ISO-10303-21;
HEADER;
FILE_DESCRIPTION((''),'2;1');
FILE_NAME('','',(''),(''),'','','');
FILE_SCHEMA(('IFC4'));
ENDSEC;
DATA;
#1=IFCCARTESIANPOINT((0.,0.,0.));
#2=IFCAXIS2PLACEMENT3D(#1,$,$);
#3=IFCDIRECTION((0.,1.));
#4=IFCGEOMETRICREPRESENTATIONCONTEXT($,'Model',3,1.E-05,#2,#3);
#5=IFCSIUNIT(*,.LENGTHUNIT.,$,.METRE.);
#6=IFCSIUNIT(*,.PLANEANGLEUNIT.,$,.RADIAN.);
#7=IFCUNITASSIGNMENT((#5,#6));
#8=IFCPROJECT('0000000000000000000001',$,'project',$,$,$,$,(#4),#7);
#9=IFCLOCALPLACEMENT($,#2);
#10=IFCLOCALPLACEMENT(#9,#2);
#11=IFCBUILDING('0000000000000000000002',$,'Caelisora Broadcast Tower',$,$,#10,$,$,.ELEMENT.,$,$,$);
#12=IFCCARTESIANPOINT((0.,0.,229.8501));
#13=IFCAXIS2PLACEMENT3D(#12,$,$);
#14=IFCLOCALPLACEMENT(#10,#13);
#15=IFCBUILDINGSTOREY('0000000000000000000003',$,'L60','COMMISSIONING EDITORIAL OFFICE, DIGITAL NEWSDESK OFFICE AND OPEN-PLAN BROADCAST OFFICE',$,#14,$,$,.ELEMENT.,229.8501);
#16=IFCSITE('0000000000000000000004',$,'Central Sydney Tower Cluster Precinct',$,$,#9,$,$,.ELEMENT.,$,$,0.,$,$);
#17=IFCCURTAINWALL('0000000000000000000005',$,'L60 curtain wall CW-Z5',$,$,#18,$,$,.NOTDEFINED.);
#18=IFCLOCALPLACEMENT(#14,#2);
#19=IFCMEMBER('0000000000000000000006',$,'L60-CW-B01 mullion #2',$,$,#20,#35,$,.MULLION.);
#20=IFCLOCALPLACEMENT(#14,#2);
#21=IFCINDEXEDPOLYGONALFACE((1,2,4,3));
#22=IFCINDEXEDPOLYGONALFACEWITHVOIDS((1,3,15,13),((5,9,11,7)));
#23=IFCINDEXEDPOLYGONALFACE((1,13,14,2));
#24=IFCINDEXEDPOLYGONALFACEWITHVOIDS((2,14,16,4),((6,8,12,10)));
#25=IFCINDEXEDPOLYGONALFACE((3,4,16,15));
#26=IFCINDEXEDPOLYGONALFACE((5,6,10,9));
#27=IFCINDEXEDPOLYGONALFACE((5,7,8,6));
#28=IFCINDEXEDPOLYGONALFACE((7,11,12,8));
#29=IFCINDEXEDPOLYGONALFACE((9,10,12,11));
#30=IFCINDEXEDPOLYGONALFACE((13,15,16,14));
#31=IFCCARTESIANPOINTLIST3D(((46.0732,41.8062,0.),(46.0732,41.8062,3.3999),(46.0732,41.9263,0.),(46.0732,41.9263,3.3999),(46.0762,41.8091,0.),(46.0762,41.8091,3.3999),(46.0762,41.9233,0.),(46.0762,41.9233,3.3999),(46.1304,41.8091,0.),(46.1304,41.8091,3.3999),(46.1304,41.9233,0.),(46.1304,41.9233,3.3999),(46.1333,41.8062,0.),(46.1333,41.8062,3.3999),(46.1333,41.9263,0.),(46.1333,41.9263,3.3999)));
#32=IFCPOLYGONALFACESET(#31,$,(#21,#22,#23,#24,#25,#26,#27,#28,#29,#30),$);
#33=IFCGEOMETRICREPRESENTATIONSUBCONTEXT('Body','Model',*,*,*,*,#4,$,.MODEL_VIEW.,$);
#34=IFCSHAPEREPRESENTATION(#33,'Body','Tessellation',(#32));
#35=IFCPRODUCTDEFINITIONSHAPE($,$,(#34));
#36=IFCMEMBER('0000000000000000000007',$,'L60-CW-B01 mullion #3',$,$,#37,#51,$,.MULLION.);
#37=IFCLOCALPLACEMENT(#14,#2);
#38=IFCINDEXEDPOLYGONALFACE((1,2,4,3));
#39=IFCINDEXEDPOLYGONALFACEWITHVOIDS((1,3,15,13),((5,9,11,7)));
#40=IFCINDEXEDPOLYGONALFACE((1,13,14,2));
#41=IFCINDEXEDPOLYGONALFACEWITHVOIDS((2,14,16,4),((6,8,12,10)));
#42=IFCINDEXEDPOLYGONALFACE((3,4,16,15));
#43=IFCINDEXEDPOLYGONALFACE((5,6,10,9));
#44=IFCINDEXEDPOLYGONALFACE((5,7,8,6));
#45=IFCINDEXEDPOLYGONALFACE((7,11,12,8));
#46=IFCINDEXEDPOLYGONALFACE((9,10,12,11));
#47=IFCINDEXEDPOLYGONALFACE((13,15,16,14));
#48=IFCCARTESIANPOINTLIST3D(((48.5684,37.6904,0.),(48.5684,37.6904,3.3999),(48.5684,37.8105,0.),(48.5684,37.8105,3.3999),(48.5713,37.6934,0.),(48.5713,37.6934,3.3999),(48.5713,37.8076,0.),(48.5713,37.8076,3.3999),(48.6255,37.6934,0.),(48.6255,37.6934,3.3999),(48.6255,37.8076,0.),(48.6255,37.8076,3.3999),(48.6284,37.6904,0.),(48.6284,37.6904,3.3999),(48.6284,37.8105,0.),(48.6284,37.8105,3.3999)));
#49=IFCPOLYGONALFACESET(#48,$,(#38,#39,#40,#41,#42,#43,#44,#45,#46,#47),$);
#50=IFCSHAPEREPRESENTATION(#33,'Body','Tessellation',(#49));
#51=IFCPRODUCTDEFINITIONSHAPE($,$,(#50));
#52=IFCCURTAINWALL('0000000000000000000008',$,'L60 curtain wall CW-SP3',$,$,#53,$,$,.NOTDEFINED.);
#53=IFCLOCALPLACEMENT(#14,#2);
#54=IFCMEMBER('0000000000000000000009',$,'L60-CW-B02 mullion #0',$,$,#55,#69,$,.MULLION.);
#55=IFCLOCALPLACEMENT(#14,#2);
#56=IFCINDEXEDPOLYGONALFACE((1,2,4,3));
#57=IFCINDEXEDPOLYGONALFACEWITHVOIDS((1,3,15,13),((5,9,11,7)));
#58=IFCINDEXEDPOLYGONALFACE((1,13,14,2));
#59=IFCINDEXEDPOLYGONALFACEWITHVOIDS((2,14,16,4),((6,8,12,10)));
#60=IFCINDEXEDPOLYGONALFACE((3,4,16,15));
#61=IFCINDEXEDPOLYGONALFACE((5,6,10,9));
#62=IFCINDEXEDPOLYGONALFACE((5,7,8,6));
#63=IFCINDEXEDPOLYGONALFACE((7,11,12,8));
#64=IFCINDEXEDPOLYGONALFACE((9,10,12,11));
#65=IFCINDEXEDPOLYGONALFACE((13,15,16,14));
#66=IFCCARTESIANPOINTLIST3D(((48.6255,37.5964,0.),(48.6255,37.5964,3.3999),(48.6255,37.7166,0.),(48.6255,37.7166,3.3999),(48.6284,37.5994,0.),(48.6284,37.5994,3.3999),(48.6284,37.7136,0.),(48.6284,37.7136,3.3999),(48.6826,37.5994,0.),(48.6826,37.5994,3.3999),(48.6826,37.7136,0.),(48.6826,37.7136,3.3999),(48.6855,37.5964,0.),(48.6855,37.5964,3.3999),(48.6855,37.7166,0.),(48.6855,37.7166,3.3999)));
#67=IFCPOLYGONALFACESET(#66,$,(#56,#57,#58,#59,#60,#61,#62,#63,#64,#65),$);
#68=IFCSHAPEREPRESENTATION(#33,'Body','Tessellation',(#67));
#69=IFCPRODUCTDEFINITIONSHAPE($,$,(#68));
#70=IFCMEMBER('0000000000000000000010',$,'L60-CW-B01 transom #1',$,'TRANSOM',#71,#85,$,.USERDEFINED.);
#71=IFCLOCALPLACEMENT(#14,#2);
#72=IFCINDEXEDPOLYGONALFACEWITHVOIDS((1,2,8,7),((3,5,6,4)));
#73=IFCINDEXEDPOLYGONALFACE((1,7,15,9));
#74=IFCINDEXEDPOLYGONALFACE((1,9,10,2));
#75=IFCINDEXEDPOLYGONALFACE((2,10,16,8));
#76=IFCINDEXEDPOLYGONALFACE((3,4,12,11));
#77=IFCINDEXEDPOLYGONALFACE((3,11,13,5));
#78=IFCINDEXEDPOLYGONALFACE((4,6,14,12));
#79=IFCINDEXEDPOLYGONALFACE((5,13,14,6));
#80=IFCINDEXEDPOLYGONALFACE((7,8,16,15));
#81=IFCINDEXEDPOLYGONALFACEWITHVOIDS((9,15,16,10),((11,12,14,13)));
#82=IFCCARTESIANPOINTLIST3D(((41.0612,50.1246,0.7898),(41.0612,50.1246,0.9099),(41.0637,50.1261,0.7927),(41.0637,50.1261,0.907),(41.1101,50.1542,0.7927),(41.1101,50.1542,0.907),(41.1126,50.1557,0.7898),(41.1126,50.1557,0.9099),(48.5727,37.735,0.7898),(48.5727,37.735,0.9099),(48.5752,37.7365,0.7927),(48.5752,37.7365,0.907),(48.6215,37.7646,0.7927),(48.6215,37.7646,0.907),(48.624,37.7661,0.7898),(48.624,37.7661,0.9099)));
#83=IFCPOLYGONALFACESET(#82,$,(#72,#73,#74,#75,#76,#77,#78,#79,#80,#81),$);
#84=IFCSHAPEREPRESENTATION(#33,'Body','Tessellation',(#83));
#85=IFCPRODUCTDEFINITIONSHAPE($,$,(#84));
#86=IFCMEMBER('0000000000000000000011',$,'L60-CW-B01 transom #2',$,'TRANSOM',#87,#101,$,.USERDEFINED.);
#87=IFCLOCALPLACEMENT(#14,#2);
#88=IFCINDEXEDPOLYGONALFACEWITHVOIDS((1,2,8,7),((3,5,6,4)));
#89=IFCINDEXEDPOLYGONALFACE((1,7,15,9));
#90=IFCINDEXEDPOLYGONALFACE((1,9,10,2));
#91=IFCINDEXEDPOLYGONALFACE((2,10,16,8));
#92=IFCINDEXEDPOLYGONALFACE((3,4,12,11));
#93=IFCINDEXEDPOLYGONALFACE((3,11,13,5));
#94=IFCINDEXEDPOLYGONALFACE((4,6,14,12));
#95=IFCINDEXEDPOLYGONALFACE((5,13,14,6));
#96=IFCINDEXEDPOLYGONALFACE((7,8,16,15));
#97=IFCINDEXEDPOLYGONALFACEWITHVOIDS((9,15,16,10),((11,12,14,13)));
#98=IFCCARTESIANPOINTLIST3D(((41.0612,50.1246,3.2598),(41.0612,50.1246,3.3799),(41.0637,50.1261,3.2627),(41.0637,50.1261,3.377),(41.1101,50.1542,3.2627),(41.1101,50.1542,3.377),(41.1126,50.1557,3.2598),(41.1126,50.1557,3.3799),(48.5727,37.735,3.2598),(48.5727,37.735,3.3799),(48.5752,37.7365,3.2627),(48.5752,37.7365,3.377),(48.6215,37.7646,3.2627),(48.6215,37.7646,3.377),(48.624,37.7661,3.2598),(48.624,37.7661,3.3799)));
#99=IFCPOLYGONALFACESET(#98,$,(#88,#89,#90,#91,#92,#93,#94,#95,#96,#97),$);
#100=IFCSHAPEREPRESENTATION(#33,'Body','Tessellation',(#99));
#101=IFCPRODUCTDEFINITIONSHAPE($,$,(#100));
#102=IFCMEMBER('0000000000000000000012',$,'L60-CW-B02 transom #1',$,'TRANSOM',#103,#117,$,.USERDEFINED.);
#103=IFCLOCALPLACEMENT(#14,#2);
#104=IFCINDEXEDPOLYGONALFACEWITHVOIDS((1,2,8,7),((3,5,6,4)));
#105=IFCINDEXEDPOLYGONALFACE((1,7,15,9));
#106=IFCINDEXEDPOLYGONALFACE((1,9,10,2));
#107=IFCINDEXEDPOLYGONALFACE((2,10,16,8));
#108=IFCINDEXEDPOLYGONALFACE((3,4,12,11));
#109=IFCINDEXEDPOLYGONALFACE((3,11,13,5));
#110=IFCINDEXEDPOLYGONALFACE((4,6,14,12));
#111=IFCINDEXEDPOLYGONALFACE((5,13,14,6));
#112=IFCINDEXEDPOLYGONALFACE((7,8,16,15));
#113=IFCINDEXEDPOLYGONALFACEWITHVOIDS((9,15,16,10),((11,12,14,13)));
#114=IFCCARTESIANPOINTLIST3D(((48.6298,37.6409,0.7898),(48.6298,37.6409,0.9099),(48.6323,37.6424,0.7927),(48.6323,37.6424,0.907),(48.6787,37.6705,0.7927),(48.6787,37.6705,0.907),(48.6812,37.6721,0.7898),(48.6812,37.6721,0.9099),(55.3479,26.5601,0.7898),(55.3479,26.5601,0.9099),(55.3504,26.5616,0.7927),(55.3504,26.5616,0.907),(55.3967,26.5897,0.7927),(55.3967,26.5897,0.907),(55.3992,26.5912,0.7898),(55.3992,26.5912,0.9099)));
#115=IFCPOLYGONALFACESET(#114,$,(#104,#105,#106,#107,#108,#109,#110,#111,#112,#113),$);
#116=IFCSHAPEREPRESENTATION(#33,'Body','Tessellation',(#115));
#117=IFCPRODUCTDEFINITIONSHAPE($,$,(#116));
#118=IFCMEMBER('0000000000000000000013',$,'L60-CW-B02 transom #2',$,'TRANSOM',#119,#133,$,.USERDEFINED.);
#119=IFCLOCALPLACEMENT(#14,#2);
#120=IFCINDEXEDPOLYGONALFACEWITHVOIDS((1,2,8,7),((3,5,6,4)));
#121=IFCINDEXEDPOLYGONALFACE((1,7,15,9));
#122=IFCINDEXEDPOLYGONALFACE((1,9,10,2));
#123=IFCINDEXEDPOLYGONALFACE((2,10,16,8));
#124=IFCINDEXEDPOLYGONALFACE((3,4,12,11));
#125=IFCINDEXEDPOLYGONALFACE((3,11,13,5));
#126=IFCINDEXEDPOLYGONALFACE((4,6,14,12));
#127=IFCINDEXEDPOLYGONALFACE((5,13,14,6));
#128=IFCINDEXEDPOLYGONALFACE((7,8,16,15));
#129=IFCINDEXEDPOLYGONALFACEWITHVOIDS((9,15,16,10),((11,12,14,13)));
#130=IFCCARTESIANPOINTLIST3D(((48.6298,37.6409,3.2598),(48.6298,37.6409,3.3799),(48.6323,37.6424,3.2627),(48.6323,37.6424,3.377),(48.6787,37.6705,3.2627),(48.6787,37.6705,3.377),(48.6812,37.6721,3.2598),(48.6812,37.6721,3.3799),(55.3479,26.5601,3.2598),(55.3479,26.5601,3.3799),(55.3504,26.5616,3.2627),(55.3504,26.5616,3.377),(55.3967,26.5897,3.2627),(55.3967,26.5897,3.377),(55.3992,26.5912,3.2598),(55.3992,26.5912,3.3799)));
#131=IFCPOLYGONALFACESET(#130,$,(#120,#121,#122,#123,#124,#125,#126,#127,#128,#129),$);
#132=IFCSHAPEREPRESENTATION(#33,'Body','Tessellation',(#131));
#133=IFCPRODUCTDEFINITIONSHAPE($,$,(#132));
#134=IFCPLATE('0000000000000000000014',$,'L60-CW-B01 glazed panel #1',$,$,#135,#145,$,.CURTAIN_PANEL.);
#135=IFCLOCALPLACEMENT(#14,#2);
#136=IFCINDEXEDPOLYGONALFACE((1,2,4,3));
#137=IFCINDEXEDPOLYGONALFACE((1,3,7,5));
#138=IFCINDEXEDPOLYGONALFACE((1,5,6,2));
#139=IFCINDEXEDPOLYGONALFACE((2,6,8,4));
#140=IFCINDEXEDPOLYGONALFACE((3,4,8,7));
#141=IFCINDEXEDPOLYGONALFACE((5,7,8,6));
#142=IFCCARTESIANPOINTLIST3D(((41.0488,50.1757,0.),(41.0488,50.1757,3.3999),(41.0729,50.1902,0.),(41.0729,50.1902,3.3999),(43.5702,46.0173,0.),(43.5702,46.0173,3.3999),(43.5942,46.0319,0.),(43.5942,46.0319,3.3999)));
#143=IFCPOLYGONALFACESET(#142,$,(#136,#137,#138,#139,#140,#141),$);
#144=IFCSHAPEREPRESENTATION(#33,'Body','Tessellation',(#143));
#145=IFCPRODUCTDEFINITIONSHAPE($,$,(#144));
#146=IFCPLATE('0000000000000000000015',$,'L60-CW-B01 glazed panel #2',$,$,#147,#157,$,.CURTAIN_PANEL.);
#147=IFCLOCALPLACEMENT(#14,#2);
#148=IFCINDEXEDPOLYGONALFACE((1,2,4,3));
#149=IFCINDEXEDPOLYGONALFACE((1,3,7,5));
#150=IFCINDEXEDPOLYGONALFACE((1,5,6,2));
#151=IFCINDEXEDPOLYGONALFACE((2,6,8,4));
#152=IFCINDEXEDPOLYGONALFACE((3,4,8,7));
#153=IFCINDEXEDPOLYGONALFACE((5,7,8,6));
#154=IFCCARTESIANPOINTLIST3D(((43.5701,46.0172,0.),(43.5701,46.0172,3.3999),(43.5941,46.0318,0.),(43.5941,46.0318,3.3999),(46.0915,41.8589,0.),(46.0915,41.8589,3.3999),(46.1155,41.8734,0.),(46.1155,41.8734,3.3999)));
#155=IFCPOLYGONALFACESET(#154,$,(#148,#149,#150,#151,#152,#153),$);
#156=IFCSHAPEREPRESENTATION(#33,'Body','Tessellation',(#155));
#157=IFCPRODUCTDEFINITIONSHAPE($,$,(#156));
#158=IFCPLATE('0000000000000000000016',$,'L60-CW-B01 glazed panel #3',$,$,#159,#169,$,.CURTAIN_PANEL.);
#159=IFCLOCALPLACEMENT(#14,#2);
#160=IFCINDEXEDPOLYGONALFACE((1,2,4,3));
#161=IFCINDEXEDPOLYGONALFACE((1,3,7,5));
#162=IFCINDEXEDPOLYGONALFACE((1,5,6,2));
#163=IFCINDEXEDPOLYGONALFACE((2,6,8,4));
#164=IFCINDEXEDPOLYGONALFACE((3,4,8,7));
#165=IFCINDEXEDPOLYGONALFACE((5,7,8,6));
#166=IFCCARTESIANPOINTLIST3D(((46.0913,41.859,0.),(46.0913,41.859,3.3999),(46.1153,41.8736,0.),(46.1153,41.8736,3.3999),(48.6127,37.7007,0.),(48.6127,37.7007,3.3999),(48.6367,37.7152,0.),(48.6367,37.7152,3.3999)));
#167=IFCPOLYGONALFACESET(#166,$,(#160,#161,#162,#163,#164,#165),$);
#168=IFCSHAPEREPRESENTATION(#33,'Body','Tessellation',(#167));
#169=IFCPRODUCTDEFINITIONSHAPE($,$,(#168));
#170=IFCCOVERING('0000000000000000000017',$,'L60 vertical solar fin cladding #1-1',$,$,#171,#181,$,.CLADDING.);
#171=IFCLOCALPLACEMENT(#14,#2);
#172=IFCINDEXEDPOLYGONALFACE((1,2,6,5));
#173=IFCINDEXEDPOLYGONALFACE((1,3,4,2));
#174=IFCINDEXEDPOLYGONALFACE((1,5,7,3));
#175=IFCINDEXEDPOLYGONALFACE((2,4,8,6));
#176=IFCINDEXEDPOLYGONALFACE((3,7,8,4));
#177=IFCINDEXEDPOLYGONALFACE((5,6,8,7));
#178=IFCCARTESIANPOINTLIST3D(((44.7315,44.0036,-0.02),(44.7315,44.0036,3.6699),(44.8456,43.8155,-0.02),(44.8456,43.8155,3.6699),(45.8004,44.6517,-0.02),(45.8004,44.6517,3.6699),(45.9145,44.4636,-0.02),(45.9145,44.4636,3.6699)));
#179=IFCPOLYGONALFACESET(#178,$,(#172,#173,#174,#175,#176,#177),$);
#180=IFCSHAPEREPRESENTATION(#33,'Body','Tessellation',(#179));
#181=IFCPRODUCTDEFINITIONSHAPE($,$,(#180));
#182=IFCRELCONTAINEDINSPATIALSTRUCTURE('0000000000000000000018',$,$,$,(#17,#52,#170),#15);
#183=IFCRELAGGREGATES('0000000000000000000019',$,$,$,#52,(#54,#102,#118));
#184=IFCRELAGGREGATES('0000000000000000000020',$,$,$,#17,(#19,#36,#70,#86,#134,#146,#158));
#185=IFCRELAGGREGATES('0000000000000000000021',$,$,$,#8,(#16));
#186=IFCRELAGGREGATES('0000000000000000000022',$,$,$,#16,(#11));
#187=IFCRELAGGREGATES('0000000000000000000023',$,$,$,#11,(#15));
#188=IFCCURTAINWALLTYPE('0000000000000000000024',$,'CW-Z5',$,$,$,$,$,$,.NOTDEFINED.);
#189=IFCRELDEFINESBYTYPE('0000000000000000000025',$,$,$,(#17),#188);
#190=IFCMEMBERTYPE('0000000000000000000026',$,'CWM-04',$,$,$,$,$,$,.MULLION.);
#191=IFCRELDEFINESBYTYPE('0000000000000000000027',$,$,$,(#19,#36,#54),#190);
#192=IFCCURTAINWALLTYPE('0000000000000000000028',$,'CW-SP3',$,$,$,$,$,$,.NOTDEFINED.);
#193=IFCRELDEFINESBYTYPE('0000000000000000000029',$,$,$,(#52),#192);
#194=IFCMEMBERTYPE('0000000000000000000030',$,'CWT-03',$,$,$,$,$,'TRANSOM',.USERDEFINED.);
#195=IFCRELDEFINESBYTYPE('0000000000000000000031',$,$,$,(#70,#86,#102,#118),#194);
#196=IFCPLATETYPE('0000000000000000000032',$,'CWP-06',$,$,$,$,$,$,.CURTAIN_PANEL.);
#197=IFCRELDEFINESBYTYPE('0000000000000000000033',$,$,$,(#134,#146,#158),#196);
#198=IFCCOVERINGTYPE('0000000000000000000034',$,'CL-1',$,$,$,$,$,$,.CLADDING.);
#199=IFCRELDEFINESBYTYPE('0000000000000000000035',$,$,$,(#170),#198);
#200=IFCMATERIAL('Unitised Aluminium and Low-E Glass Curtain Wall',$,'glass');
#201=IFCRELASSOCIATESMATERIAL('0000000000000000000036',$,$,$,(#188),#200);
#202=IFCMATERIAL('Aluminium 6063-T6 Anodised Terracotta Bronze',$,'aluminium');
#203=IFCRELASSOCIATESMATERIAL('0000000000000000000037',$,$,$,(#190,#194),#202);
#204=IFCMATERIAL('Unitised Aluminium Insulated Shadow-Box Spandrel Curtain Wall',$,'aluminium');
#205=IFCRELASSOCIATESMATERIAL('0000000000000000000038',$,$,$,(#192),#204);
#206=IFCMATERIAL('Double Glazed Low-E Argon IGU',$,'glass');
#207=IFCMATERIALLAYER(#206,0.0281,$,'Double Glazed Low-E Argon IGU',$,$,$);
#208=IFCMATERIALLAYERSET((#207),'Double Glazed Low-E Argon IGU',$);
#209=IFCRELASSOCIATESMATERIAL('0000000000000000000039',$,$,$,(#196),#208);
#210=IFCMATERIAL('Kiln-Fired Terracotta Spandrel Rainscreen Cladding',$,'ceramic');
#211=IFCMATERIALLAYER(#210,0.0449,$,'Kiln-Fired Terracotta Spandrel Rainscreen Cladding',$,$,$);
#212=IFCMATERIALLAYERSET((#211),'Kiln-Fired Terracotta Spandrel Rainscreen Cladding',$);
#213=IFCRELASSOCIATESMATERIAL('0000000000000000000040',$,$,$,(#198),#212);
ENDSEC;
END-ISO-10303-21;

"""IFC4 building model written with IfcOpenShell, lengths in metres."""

from ifc_helpers import new_model, si_unit, direction, frame, origin, origin_2d, place, context, subcontext, project, spatial, rectangle, hollow_rectangle, extrude, source, transform, mapped, material, layer, layer_set, material_profile, profile_set, type_object, type_shapes, element, aggregate, save


model = new_model("IFC4")

# Units and contexts
model_context = context("Model", 3, precision=1e-05, world=origin(), true_north=direction((0.0, 1.0)))
body_context = subcontext(model_context, "Body", "Model", "MODEL_VIEW")
ifc_project = project(units=[si_unit("LENGTHUNIT", "METRE"), si_unit("PLANEANGLEUNIT", "RADIAN")], contexts=[model_context])

# Site, building, storey
site_placement = place(None, origin())
site = spatial("IfcSite", under=ifc_project, at=site_placement, Name="Central Sydney Tower Cluster Precinct", CompositionType="ELEMENT", RefElevation=0.0)
building_placement = place(site_placement, origin())
building = spatial("IfcBuilding", under=site, at=building_placement, Name="Caelisora Broadcast Tower", CompositionType="ELEMENT")
storey_placement = place(building_placement, frame((0.0, 0.0, 229.8501)))
storey = spatial("IfcBuildingStorey", under=building, at=storey_placement, Name="L60", Description="COMMISSIONING EDITORIAL OFFICE, DIGITAL NEWSDESK OFFICE AND OPEN-PLAN BROADCAST OFFICE", CompositionType="ELEMENT", Elevation=229.8501)

# Curtain wall, members
ifc_material_1 = material(Name="Unitised Aluminium and Low-E Glass Curtain Wall", Category="glass")
curtain_wall_type_1 = type_object("IfcCurtainWallType", Name="CW-Z5", PredefinedType="NOTDEFINED", material=ifc_material_1)
curtain_wall_1_placement = place(storey_placement, origin())
curtain_wall_1 = element("IfcCurtainWall", 1, at=curtain_wall_1_placement, inside=storey, type_object=curtain_wall_type_1, Name="L60 curtain wall CW-Z5", PredefinedType="NOTDEFINED")
ifc_material_2 = material(Name="Aluminium 6063-T6 Anodised Terracotta Bronze", Category="aluminium")
ifc_material_profile_1 = material_profile(ifc_material_2, hollow_rectangle(XDim=0.0601, YDim=0.1201, WallThickness=0.0029, at=origin_2d()), Name="Aluminium 6063-T6 Anodised Terracotta Bronze")
ifc_profile_set_1 = profile_set([ifc_material_profile_1], Name="Aluminium 6063-T6 Anodised Terracotta Bronze")
member_type_1 = type_object("IfcMemberType", Name="CWM-04", PredefinedType="MULLION", material=ifc_profile_set_1)
shared_shape_1 = source(origin(), body_context, "Body", "SweptSolid", [
    extrude(hollow_rectangle(XDim=0.0601, YDim=0.1201, WallThickness=0.0029, at=origin_2d()), origin(), (0.0, 0.0, 1.0), 3.3999),
])
type_shapes(member_type_1, [shared_shape_1])
member_1_placement = place(storey_placement, frame((46.1033, 41.8662, 0.0), z_axis=(0.0, 0.0, 1.0), x_axis=(1.0, 0.0, 0.0)))
member_1 = element("IfcMember", 2, at=member_1_placement, type_object=member_type_1, Name="L60-CW-B01 mullion #2", PredefinedType="MULLION", context=body_context, shape_type="MappedRepresentation", body=[
    mapped(shared_shape_1, transform((0.0, 0.0, 0.0), scale=1.0)),
])
member_2_placement = place(storey_placement, frame((48.5984, 37.7505, 0.0), z_axis=(0.0, 0.0, 1.0), x_axis=(1.0, 0.0, 0.0)))
member_2 = element("IfcMember", 3, at=member_2_placement, type_object=member_type_1, Name="L60-CW-B01 mullion #3", PredefinedType="MULLION", context=body_context, shape_type="MappedRepresentation", body=[
    mapped(shared_shape_1, transform((0.0, 0.0, 0.0), scale=1.0)),
])

# Curtain wall, member
ifc_material_3 = material(Name="Unitised Aluminium Insulated Shadow-Box Spandrel Curtain Wall", Category="aluminium")
curtain_wall_type_2 = type_object("IfcCurtainWallType", Name="CW-SP3", PredefinedType="NOTDEFINED", material=ifc_material_3)
curtain_wall_2_placement = place(storey_placement, origin())
curtain_wall_2 = element("IfcCurtainWall", 4, at=curtain_wall_2_placement, inside=storey, type_object=curtain_wall_type_2, Name="L60 curtain wall CW-SP3", PredefinedType="NOTDEFINED")
member_3_placement = place(storey_placement, frame((48.6555, 37.6565, 0.0), z_axis=(0.0, 0.0, 1.0), x_axis=(1.0, 0.0, 0.0)))
member_3 = element("IfcMember", 5, at=member_3_placement, type_object=member_type_1, Name="L60-CW-B02 mullion #0", PredefinedType="MULLION", context=body_context, shape_type="MappedRepresentation", body=[
    mapped(shared_shape_1, transform((0.0, 0.0, 0.0), scale=1.0)),
])

# Members
ifc_material_profile_2 = material_profile(ifc_material_2, hollow_rectangle(XDim=0.0601, YDim=0.1201, WallThickness=0.0029, at=origin_2d()), Name="Aluminium 6063-T6 Anodised Terracotta Bronze")
ifc_profile_set_2 = profile_set([ifc_material_profile_2], Name="Aluminium 6063-T6 Anodised Terracotta Bronze")
member_type_2 = type_object("IfcMemberType", Name="CWT-03", ElementType="TRANSOM", PredefinedType="USERDEFINED", material=ifc_profile_set_2)
shared_shape_2 = source(origin(), body_context, "Body", "SweptSolid", [
    extrude(hollow_rectangle(XDim=0.0601, YDim=0.1201, WallThickness=0.0029, at=origin_2d()), origin(), (0.0, 0.0, 1.0), 14.4888),
])
member_4_placement = place(storey_placement, frame((41.0869, 50.1401, 0.8499), z_axis=(0.518433, -0.855118, 0.0), x_axis=(0.855118, 0.518433, 0.0)))
member_4 = element("IfcMember", 6, at=member_4_placement, type_object=member_type_2, Name="L60-CW-B01 transom #1", ObjectType="TRANSOM", PredefinedType="USERDEFINED", context=body_context, shape_type="MappedRepresentation", body=[
    mapped(shared_shape_2, transform((0.0, 0.0, 0.0), scale=1.0)),
])
member_5_placement = place(storey_placement, frame((41.0869, 50.1401, 3.3198), z_axis=(0.518433, -0.855118, 0.0), x_axis=(0.855118, 0.518433, 0.0)))
member_5 = element("IfcMember", 7, at=member_5_placement, type_object=member_type_2, Name="L60-CW-B01 transom #2", ObjectType="TRANSOM", PredefinedType="USERDEFINED", context=body_context, shape_type="MappedRepresentation", body=[
    mapped(shared_shape_2, transform((0.0, 0.0, 0.0), scale=1.0)),
])
shared_shape_3 = source(origin(), body_context, "Body", "SweptSolid", [
    extrude(hollow_rectangle(XDim=0.0601, YDim=0.1201, WallThickness=0.0029, at=origin_2d()), origin(), (0.0, 0.0, 1.0), 12.9583),
])
type_shapes(member_type_2, [shared_shape_2, shared_shape_3])
member_6_placement = place(storey_placement, frame((48.6555, 37.6565, 0.8499), z_axis=(0.518436, -0.855117, 0.0), x_axis=(0.855117, 0.518436, 0.0)))
member_6 = element("IfcMember", 8, at=member_6_placement, type_object=member_type_2, Name="L60-CW-B02 transom #1", ObjectType="TRANSOM", PredefinedType="USERDEFINED", context=body_context, shape_type="MappedRepresentation", body=[
    mapped(shared_shape_3, transform((0.0, 0.0, 0.0), scale=1.0)),
])
member_7_placement = place(storey_placement, frame((48.6555, 37.6565, 3.3198), z_axis=(0.518436, -0.855117, 0.0), x_axis=(0.855117, 0.518436, 0.0)))
member_7 = element("IfcMember", 9, at=member_7_placement, type_object=member_type_2, Name="L60-CW-B02 transom #2", ObjectType="TRANSOM", PredefinedType="USERDEFINED", context=body_context, shape_type="MappedRepresentation", body=[
    mapped(shared_shape_3, transform((0.0, 0.0, 0.0), scale=1.0)),
])
aggregate(curtain_wall_2, [member_3, member_6, member_7])

# Plates
ifc_material_4 = material(Name="Double Glazed Low-E Argon IGU", Category="glass")
ifc_layer_1 = layer(ifc_material_4, 0.0281, Name="Double Glazed Low-E Argon IGU")
ifc_layer_set_1 = layer_set([ifc_layer_1], Name="Double Glazed Low-E Argon IGU")
plate_type = type_object("IfcPlateType", Name="CWP-06", PredefinedType="CURTAIN_PANEL", material=ifc_layer_set_1)
shared_shape_4 = source(origin(), body_context, "Body", "SweptSolid", [
    extrude(rectangle(XDim=4.863, YDim=0.0281, at=origin_2d()), origin(), (0.0, 0.0, 1.0), 3.3999),
])
type_shapes(plate_type, [shared_shape_4])
plate_1_placement = place(storey_placement, frame((42.3215, 48.1038, 0.0), z_axis=(0.0, 0.0, 1.0), x_axis=(0.518475, -0.855093, 0.0)))
plate_1 = element("IfcPlate", 10, at=plate_1_placement, type_object=plate_type, Name="L60-CW-B01 glazed panel #1", PredefinedType="CURTAIN_PANEL", context=body_context, shape_type="MappedRepresentation", body=[
    mapped(shared_shape_4, transform((0.0, 0.0, 0.0), scale=1.0)),
])
plate_2_placement = place(storey_placement, frame((44.8428, 43.9453, 0.0), z_axis=(0.0, 0.0, 1.0), x_axis=(0.518475, -0.855093, 0.0)))
plate_2 = element("IfcPlate", 11, at=plate_2_placement, type_object=plate_type, Name="L60-CW-B01 glazed panel #2", PredefinedType="CURTAIN_PANEL", context=body_context, shape_type="MappedRepresentation", body=[
    mapped(shared_shape_4, transform((0.0, 0.0, 0.0), scale=1.0)),
])
plate_3_placement = place(storey_placement, frame((47.364, 39.7871, 0.0), z_axis=(0.0, 0.0, 1.0), x_axis=(0.518475, -0.855093, 0.0)))
plate_3 = element("IfcPlate", 12, at=plate_3_placement, type_object=plate_type, Name="L60-CW-B01 glazed panel #3", PredefinedType="CURTAIN_PANEL", context=body_context, shape_type="MappedRepresentation", body=[
    mapped(shared_shape_4, transform((0.0, 0.0, 0.0), scale=1.0)),
])
aggregate(curtain_wall_1, [member_1, member_2, member_4, member_5, plate_1, plate_2, plate_3])

# Covering
ifc_material_5 = material(Name="Kiln-Fired Terracotta Spandrel Rainscreen Cladding", Category="ceramic")
ifc_layer_2 = layer(ifc_material_5, 0.0449, Name="Kiln-Fired Terracotta Spandrel Rainscreen Cladding")
ifc_layer_set_2 = layer_set([ifc_layer_2], Name="Kiln-Fired Terracotta Spandrel Rainscreen Cladding")
covering_type = type_object("IfcCoveringType", Name="CL-1", PredefinedType="CLADDING", material=ifc_layer_set_2)
shared_shape_5 = source(origin(), body_context, "Body", "SweptSolid", [
    extrude(rectangle(XDim=0.22, YDim=1.25, at=origin_2d()), origin(), (0.0, 0.0, 1.0), 3.6899),
])
type_shapes(covering_type, [shared_shape_5])
for number, where, z_axis, x_axis, name in (
    (13, (45.323, 44.2336, -0.02), (0.0, 0.0, 1.0), (0.518475, -0.855093, 0.0), "L60 vertical solar fin cladding #1-1"),
):
    element("IfcCovering", number, at=place(storey_placement, frame(where, z_axis=z_axis, x_axis=x_axis)), inside=storey, type_object=covering_type, Name=name, PredefinedType="CLADDING", context=body_context, shape_type="MappedRepresentation", body=[
        mapped(shared_shape_5, transform((0.0, 0.0, 0.0), scale=1.0)),
    ])

save(model, "model.ifc")
